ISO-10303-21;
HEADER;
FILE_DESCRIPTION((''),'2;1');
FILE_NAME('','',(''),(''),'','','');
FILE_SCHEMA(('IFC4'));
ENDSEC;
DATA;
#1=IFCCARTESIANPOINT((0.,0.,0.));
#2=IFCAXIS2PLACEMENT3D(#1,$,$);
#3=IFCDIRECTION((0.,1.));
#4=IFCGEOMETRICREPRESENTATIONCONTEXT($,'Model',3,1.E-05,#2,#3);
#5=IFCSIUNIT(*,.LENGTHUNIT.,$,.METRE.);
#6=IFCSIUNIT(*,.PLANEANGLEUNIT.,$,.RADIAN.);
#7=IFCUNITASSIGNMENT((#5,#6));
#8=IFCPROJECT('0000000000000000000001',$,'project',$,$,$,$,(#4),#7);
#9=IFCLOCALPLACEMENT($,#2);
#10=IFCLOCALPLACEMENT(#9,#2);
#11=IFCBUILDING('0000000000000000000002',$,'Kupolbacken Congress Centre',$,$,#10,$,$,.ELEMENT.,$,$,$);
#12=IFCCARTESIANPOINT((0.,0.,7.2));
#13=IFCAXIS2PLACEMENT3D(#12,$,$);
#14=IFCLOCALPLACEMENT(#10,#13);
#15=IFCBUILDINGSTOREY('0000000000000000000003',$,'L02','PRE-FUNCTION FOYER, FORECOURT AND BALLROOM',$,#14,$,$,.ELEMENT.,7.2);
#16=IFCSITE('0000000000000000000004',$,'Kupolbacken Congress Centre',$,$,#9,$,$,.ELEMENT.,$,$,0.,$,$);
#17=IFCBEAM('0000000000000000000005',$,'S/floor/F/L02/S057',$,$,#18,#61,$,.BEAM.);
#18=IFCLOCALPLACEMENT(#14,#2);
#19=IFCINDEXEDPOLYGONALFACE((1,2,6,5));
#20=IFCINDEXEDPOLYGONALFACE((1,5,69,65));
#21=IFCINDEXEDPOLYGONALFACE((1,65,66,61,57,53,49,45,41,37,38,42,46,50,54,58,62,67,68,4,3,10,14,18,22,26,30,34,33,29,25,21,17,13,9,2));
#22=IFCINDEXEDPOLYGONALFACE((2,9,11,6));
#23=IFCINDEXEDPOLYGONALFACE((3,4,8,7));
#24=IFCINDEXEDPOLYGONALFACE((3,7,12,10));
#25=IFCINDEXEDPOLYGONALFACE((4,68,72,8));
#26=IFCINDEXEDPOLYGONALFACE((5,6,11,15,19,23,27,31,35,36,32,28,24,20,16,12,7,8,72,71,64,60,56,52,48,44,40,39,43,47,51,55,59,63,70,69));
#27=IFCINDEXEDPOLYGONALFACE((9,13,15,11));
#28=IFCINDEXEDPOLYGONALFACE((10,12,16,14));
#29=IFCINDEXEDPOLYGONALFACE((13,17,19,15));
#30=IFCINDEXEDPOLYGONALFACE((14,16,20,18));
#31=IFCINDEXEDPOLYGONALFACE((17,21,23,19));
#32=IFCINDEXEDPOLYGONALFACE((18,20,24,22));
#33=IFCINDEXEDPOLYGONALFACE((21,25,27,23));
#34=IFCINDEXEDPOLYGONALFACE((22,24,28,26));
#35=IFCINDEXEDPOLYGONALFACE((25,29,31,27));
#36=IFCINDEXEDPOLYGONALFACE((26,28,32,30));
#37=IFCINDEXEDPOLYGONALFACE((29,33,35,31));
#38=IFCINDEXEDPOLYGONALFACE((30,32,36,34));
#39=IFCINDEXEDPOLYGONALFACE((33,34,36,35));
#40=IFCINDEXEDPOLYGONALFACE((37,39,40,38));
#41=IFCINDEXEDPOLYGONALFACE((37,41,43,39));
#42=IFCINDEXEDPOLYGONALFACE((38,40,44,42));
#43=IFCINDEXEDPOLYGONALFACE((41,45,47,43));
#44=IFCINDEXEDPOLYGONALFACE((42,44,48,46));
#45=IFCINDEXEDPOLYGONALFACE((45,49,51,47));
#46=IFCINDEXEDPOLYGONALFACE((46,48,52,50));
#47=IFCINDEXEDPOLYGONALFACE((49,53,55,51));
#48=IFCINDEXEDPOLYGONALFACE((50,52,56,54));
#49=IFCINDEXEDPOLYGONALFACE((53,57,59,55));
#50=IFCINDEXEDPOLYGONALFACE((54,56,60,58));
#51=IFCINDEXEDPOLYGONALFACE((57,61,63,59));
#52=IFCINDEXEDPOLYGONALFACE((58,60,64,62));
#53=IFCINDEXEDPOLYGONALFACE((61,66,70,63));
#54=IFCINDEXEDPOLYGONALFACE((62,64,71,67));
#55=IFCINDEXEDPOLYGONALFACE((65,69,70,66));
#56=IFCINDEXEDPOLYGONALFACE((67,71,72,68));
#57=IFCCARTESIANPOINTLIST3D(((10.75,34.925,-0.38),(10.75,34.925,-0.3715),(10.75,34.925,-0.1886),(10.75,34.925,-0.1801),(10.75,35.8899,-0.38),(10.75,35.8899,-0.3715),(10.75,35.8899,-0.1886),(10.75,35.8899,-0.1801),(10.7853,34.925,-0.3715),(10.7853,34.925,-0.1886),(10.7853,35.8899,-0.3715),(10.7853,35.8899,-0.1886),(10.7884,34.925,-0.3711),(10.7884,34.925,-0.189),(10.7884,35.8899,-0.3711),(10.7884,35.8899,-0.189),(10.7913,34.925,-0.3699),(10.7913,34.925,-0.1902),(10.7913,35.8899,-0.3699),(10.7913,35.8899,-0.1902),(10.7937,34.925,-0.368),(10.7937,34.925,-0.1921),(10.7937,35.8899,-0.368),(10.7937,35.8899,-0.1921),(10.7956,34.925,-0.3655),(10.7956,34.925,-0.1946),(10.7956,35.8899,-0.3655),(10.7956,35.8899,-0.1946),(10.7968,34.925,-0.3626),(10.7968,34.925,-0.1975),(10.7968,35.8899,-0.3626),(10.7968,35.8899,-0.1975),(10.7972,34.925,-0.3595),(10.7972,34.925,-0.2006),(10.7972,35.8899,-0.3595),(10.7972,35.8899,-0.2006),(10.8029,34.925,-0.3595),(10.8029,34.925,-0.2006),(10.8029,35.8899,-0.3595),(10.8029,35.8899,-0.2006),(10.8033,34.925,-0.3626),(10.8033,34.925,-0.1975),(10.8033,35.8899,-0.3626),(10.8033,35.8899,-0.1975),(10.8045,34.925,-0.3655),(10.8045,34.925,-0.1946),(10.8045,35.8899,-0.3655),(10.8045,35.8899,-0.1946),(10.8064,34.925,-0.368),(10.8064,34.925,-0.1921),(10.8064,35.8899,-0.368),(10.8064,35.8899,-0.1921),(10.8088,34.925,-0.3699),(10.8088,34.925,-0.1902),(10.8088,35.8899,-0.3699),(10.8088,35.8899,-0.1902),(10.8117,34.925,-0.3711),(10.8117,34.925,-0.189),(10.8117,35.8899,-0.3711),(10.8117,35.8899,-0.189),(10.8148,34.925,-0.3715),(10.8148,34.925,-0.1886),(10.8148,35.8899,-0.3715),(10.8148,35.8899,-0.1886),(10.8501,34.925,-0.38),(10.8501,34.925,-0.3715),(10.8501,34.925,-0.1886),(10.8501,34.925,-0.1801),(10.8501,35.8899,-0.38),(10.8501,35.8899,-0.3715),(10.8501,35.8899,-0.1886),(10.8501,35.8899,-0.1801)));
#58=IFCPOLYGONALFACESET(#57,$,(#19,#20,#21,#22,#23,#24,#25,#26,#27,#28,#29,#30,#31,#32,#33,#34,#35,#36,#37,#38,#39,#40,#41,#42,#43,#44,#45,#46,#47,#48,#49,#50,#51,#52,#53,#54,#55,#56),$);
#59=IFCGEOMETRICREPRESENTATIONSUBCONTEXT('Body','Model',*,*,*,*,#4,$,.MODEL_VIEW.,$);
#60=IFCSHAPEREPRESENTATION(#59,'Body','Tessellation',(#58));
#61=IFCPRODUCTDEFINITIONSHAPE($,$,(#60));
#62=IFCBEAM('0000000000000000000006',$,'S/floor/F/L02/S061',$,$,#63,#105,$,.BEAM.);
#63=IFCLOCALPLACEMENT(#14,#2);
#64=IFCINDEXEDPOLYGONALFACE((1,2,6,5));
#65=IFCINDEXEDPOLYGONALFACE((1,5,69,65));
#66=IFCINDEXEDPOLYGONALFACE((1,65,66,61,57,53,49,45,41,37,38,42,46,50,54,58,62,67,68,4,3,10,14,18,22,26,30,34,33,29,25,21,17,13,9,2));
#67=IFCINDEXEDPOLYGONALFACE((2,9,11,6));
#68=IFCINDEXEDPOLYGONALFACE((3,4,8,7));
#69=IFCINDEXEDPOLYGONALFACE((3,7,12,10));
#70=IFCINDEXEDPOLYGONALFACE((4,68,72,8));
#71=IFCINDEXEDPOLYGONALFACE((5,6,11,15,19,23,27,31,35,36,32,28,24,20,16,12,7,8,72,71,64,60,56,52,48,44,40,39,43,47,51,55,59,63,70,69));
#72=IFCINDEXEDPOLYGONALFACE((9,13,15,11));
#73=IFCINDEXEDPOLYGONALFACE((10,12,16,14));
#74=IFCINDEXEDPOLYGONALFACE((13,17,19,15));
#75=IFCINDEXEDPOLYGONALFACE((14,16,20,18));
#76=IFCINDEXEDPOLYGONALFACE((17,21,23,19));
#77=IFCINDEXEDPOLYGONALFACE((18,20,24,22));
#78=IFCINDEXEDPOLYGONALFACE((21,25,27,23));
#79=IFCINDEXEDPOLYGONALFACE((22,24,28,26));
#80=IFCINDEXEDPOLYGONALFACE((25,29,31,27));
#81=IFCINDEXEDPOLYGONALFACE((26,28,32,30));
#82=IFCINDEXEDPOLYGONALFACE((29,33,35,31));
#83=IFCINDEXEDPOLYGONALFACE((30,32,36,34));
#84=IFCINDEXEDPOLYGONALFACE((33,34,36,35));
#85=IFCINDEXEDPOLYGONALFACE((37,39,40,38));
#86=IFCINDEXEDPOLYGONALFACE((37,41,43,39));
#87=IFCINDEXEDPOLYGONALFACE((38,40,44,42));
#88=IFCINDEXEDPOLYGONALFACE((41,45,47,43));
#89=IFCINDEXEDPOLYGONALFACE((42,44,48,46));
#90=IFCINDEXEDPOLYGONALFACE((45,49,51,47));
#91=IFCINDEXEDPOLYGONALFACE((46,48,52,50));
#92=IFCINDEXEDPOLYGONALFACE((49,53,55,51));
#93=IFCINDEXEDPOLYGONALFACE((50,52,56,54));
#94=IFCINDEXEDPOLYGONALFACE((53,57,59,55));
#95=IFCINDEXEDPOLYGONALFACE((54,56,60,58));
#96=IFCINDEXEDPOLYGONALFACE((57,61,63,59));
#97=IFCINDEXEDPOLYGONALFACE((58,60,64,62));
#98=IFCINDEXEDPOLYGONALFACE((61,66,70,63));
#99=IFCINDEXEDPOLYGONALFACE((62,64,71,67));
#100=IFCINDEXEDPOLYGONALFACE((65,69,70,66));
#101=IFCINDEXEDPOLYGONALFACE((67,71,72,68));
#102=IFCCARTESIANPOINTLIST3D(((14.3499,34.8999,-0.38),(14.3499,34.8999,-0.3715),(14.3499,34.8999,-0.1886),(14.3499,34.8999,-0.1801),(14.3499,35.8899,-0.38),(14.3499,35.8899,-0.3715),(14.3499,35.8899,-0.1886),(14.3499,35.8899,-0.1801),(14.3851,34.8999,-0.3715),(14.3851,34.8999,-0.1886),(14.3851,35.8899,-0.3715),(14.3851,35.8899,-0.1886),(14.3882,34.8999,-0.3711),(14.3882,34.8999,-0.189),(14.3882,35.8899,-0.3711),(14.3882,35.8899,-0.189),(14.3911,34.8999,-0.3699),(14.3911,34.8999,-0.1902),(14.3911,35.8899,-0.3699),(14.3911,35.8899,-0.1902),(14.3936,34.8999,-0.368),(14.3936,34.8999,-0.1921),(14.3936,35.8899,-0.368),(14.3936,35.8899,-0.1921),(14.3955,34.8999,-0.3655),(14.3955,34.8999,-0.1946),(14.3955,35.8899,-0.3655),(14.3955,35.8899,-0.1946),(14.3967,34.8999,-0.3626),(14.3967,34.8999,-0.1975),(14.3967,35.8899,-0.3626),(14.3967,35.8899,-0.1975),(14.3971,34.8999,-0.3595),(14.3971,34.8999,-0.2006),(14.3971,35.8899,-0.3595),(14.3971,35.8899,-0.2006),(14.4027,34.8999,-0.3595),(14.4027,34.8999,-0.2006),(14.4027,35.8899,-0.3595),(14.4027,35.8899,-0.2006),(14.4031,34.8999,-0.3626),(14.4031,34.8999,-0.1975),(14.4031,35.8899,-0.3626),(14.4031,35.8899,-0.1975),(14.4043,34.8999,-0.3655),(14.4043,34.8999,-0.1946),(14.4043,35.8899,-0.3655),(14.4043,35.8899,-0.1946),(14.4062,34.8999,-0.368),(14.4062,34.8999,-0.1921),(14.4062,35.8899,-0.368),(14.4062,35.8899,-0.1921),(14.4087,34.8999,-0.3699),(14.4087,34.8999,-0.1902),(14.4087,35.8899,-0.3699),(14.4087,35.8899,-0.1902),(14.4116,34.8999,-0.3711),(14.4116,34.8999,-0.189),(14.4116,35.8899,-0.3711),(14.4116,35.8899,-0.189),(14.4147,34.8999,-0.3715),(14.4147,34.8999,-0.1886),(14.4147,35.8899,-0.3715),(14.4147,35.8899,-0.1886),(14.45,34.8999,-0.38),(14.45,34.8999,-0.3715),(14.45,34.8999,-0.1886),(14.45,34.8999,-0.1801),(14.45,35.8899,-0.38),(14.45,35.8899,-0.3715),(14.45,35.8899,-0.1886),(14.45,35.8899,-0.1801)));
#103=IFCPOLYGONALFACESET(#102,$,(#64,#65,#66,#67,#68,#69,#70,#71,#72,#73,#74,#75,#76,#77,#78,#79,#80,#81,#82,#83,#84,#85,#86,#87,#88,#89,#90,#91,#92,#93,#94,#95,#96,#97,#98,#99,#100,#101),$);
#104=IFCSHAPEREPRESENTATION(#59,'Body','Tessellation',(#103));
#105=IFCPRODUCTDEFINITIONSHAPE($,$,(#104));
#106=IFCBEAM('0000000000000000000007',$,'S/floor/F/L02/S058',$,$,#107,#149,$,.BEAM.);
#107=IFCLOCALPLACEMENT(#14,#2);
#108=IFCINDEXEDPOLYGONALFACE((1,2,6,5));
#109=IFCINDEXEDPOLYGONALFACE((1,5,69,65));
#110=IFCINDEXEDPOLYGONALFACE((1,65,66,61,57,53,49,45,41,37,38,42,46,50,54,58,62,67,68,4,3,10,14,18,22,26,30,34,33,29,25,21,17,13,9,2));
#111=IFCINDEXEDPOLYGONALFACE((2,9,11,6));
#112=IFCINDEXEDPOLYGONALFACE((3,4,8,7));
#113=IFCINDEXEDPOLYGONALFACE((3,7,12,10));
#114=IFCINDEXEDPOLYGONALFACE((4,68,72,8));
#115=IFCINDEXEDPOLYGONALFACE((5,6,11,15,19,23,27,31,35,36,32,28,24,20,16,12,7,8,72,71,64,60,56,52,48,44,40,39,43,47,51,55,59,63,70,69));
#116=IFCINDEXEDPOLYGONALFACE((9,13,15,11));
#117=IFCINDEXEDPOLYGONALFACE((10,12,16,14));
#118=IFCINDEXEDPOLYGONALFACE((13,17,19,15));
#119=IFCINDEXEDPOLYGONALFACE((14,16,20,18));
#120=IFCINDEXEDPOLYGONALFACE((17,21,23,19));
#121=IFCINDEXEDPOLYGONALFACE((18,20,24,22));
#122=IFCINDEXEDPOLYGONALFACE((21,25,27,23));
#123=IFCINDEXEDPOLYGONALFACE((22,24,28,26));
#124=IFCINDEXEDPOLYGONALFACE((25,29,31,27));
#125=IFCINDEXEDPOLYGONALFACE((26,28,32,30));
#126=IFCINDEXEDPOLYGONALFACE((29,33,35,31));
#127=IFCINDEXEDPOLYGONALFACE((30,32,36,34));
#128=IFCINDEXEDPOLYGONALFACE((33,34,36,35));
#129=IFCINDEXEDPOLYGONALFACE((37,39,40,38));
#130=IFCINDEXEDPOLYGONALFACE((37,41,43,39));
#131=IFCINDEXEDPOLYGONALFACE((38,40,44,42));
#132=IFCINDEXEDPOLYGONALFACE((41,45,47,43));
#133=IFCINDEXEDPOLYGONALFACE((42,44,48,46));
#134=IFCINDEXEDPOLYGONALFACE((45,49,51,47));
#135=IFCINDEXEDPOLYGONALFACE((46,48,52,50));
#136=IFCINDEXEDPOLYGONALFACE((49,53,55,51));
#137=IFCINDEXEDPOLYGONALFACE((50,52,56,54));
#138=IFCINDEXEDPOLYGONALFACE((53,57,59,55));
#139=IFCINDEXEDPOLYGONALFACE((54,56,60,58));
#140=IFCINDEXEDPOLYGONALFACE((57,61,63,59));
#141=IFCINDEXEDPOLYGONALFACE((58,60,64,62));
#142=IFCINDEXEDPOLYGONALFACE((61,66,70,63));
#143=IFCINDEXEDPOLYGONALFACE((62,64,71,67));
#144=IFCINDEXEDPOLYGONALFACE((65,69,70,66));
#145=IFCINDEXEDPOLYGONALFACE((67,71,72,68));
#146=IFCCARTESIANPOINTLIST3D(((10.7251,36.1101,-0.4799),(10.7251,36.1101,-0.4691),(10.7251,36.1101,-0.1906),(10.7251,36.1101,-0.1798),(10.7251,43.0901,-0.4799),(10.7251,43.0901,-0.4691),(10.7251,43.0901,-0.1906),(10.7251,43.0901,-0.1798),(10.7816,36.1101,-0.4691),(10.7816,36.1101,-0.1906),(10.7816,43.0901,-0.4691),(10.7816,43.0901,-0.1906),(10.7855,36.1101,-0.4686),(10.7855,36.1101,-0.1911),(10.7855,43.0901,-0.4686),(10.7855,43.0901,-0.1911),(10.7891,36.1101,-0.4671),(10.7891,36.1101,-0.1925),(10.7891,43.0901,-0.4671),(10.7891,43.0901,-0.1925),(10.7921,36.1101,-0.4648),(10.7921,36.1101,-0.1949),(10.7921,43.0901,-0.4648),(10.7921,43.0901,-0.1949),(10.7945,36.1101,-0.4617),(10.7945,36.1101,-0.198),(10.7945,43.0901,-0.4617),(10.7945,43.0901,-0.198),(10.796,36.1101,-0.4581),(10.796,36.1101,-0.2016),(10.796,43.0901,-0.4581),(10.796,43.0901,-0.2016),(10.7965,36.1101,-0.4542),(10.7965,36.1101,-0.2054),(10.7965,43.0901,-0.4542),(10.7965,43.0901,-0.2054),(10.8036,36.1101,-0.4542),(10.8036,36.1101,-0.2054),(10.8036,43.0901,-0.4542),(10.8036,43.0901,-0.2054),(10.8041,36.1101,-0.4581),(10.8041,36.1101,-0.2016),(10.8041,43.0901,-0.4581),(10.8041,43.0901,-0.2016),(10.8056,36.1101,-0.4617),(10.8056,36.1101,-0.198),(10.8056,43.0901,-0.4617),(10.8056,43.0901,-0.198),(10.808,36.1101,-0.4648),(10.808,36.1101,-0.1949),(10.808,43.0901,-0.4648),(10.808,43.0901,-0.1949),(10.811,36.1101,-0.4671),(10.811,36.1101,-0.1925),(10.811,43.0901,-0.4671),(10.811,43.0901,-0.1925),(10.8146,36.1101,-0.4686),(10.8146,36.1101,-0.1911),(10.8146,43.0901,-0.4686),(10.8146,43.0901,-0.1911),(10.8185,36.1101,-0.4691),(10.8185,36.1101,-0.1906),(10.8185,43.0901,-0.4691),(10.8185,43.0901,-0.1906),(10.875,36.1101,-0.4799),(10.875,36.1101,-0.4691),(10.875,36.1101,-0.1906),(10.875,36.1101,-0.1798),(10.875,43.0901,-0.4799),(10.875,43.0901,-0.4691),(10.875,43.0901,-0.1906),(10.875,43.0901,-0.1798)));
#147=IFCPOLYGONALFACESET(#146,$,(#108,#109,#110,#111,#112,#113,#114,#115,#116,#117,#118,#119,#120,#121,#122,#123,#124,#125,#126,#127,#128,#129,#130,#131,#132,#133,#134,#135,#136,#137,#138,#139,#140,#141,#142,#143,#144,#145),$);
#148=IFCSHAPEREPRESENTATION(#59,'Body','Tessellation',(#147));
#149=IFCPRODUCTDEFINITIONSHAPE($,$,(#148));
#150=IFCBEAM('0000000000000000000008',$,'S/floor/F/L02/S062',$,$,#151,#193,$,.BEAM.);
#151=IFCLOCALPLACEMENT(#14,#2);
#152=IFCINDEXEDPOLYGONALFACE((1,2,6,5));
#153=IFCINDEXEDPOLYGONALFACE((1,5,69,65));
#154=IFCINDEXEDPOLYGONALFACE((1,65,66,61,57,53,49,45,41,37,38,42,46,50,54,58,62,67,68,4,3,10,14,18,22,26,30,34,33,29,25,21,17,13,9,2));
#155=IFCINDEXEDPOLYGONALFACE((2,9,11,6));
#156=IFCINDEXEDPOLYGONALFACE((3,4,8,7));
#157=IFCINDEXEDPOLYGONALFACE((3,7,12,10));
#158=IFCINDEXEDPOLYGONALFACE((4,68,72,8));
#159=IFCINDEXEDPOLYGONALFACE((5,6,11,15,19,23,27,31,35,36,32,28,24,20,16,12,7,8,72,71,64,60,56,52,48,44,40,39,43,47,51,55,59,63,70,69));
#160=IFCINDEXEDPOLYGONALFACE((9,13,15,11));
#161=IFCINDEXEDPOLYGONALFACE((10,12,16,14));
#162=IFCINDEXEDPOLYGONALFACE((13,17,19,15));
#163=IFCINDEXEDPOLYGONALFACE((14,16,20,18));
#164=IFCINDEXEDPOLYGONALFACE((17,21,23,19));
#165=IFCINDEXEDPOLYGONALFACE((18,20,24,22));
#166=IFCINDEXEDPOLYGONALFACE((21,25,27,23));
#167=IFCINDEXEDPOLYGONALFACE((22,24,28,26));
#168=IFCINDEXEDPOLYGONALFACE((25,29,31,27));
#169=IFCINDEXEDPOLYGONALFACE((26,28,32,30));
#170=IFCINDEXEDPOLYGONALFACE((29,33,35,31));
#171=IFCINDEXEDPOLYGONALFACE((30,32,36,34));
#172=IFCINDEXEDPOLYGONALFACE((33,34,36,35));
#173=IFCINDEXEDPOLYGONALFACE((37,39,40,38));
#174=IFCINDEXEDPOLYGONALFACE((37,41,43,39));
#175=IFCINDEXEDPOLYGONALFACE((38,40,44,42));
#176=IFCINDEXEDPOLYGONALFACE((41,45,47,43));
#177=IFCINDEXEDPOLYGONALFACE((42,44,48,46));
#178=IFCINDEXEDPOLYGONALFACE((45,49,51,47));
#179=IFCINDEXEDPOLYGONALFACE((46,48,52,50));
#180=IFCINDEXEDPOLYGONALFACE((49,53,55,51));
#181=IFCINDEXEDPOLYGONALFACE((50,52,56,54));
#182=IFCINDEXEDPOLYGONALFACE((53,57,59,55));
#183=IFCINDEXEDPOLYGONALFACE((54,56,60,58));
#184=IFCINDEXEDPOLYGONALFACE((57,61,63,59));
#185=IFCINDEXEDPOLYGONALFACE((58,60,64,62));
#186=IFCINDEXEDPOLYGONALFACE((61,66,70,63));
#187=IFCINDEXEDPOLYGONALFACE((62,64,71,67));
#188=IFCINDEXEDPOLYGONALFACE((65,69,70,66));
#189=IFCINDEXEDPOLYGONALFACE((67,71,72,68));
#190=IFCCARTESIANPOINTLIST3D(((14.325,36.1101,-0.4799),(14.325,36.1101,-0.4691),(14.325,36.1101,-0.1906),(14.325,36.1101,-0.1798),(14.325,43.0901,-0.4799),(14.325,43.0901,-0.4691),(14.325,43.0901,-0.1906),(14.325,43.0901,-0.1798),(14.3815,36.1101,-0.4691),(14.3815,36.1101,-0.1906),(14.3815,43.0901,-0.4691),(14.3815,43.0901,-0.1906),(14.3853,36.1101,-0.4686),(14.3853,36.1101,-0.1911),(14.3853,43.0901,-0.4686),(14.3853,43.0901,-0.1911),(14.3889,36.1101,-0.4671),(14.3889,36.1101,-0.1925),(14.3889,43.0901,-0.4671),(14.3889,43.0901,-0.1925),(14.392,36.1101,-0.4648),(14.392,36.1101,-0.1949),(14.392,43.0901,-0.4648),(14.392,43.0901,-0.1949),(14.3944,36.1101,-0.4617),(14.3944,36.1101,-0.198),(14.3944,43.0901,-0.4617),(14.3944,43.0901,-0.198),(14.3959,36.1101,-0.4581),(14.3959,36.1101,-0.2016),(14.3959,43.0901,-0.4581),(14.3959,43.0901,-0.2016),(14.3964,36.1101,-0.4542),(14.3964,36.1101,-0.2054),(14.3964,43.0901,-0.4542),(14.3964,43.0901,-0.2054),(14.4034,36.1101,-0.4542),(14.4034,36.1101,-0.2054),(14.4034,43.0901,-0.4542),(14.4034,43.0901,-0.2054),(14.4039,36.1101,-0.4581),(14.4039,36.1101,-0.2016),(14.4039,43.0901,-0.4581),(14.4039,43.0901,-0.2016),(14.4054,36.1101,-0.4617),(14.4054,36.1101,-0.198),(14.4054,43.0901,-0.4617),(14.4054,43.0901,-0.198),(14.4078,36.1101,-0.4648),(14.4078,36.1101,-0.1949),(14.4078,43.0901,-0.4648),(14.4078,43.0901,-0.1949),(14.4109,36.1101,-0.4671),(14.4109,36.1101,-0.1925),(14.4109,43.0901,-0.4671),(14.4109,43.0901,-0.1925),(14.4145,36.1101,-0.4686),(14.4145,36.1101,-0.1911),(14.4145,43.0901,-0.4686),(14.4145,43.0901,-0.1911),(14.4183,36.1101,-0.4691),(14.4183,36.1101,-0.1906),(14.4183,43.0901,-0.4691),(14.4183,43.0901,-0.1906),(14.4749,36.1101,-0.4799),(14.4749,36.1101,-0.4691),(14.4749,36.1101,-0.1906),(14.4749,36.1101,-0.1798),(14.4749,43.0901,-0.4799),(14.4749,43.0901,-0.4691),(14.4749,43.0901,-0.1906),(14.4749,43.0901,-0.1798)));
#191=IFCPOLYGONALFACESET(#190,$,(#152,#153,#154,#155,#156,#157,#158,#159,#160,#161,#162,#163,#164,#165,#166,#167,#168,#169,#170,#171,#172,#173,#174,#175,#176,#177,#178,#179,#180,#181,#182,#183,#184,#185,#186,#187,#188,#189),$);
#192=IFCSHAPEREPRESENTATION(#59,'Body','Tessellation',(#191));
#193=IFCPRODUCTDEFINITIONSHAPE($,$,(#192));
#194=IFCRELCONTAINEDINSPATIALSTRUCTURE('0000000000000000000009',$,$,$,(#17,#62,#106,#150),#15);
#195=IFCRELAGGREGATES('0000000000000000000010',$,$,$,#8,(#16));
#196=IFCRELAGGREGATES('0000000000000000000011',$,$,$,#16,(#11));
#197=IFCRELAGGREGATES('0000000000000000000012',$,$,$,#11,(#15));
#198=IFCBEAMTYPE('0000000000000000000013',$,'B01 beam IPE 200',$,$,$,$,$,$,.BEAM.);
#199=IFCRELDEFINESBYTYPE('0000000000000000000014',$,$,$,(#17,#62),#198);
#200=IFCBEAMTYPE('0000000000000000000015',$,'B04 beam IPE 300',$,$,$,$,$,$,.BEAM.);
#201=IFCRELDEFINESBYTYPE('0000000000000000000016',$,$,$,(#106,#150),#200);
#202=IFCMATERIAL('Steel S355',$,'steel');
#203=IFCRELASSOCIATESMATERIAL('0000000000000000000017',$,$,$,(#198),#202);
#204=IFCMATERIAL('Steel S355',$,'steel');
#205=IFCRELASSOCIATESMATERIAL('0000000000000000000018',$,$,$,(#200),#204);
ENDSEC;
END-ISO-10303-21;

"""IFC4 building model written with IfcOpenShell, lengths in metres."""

from ifc_helpers import new_model, si_unit, direction, frame, origin, origin_2d, place, context, subcontext, project, spatial, i_section, extrude, material, material_profile, profile_set, type_object, element, save


model = new_model("IFC4")

# Units and contexts
model_context = context("Model", 3, precision=1e-05, world=origin(), true_north=direction((0.0, 1.0)))
body_context = subcontext(model_context, "Body", "Model", "MODEL_VIEW")
ifc_project = project(units=[si_unit("LENGTHUNIT", "METRE"), si_unit("PLANEANGLEUNIT", "RADIAN")], contexts=[model_context])

# Site, building, storey
site_placement = place(None, origin())
site = spatial("IfcSite", under=ifc_project, at=site_placement, Name="Kupolbacken Congress Centre", CompositionType="ELEMENT", RefElevation=0.0)
building_placement = place(site_placement, origin())
building = spatial("IfcBuilding", under=site, at=building_placement, Name="Kupolbacken Congress Centre", CompositionType="ELEMENT")
storey_placement = place(building_placement, frame((0.0, 0.0, 7.2)))
storey = spatial("IfcBuildingStorey", under=building, at=storey_placement, Name="L02", Description="PRE-FUNCTION FOYER, FORECOURT AND BALLROOM", CompositionType="ELEMENT", Elevation=7.2)

# Beams
ifc_material_1 = material(Name="Steel S355", Category="steel")
ifc_material_profile_1 = material_profile(ifc_material_1, i_section(OverallWidth=0.1001, OverallDepth=0.2, WebThickness=0.0056, FlangeThickness=0.0085, FilletRadius=0.012, at=origin_2d()), Name="IPE 200")
ifc_profile_set_1 = profile_set([ifc_material_profile_1], Name="Steel S355")
beam_type_1 = type_object("IfcBeamType", Name="B01 beam IPE 200", PredefinedType="BEAM", material=ifc_profile_set_1)
beam_1_placement = place(storey_placement, frame((10.8, 34.925, -0.28), z_axis=(0.0, 1.0, 0.0), x_axis=(-1.0, 0.0, 0.0)))
element("IfcBeam", 1, at=beam_1_placement, inside=storey, type_object=beam_type_1, Name="S/floor/F/L02/S057", PredefinedType="BEAM", context=body_context, shape_type="SweptSolid", body=[
    extrude(i_section(OverallWidth=0.1001, OverallDepth=0.2, WebThickness=0.0056, FlangeThickness=0.0085, FilletRadius=0.012, at=origin_2d()), origin(), (0.0, 0.0, 1.0), 0.9648),
])
beam_2_placement = place(storey_placement, frame((14.3999, 34.8999, -0.28), z_axis=(0.0, 1.0, 0.0), x_axis=(-1.0, 0.0, 0.0)))
element("IfcBeam", 2, at=beam_2_placement, inside=storey, type_object=beam_type_1, Name="S/floor/F/L02/S061", PredefinedType="BEAM", context=body_context, shape_type="SweptSolid", body=[
    extrude(i_section(OverallWidth=0.1001, OverallDepth=0.2, WebThickness=0.0056, FlangeThickness=0.0085, FilletRadius=0.012, at=origin_2d()), origin(), (0.0, 0.0, 1.0), 0.99),
])
ifc_material_2 = material(Name="Steel S355", Category="steel")
ifc_material_profile_2 = material_profile(ifc_material_2, i_section(OverallWidth=0.1499, OverallDepth=0.3, WebThickness=0.0071, FlangeThickness=0.0107, FilletRadius=0.0149, at=origin_2d()), Name="IPE 300")
ifc_profile_set_2 = profile_set([ifc_material_profile_2], Name="Steel S355")
beam_type_2 = type_object("IfcBeamType", Name="B04 beam IPE 300", PredefinedType="BEAM", material=ifc_profile_set_2)
for number, where, z_axis, x_axis, name in (
    (3, (10.8, 36.1101, -0.3298), (0.0, 1.0, 0.0), (-1.0, 0.0, 0.0), "S/floor/F/L02/S058"),
    (4, (14.3999, 36.1101, -0.3298), (0.0, 1.0, 0.0), (-1.0, 0.0, 0.0), "S/floor/F/L02/S062"),
):
    element("IfcBeam", number, at=place(storey_placement, frame(where, z_axis=z_axis, x_axis=x_axis)), inside=storey, type_object=beam_type_2, Name=name, PredefinedType="BEAM", context=body_context, shape_type="SweptSolid", body=[
        extrude(i_section(OverallWidth=0.1499, OverallDepth=0.3, WebThickness=0.0071, FlangeThickness=0.0107, FilletRadius=0.0149, at=origin_2d()), origin(), (0.0, 0.0, 1.0), 6.98),
    ])

save(model, "model.ifc")
